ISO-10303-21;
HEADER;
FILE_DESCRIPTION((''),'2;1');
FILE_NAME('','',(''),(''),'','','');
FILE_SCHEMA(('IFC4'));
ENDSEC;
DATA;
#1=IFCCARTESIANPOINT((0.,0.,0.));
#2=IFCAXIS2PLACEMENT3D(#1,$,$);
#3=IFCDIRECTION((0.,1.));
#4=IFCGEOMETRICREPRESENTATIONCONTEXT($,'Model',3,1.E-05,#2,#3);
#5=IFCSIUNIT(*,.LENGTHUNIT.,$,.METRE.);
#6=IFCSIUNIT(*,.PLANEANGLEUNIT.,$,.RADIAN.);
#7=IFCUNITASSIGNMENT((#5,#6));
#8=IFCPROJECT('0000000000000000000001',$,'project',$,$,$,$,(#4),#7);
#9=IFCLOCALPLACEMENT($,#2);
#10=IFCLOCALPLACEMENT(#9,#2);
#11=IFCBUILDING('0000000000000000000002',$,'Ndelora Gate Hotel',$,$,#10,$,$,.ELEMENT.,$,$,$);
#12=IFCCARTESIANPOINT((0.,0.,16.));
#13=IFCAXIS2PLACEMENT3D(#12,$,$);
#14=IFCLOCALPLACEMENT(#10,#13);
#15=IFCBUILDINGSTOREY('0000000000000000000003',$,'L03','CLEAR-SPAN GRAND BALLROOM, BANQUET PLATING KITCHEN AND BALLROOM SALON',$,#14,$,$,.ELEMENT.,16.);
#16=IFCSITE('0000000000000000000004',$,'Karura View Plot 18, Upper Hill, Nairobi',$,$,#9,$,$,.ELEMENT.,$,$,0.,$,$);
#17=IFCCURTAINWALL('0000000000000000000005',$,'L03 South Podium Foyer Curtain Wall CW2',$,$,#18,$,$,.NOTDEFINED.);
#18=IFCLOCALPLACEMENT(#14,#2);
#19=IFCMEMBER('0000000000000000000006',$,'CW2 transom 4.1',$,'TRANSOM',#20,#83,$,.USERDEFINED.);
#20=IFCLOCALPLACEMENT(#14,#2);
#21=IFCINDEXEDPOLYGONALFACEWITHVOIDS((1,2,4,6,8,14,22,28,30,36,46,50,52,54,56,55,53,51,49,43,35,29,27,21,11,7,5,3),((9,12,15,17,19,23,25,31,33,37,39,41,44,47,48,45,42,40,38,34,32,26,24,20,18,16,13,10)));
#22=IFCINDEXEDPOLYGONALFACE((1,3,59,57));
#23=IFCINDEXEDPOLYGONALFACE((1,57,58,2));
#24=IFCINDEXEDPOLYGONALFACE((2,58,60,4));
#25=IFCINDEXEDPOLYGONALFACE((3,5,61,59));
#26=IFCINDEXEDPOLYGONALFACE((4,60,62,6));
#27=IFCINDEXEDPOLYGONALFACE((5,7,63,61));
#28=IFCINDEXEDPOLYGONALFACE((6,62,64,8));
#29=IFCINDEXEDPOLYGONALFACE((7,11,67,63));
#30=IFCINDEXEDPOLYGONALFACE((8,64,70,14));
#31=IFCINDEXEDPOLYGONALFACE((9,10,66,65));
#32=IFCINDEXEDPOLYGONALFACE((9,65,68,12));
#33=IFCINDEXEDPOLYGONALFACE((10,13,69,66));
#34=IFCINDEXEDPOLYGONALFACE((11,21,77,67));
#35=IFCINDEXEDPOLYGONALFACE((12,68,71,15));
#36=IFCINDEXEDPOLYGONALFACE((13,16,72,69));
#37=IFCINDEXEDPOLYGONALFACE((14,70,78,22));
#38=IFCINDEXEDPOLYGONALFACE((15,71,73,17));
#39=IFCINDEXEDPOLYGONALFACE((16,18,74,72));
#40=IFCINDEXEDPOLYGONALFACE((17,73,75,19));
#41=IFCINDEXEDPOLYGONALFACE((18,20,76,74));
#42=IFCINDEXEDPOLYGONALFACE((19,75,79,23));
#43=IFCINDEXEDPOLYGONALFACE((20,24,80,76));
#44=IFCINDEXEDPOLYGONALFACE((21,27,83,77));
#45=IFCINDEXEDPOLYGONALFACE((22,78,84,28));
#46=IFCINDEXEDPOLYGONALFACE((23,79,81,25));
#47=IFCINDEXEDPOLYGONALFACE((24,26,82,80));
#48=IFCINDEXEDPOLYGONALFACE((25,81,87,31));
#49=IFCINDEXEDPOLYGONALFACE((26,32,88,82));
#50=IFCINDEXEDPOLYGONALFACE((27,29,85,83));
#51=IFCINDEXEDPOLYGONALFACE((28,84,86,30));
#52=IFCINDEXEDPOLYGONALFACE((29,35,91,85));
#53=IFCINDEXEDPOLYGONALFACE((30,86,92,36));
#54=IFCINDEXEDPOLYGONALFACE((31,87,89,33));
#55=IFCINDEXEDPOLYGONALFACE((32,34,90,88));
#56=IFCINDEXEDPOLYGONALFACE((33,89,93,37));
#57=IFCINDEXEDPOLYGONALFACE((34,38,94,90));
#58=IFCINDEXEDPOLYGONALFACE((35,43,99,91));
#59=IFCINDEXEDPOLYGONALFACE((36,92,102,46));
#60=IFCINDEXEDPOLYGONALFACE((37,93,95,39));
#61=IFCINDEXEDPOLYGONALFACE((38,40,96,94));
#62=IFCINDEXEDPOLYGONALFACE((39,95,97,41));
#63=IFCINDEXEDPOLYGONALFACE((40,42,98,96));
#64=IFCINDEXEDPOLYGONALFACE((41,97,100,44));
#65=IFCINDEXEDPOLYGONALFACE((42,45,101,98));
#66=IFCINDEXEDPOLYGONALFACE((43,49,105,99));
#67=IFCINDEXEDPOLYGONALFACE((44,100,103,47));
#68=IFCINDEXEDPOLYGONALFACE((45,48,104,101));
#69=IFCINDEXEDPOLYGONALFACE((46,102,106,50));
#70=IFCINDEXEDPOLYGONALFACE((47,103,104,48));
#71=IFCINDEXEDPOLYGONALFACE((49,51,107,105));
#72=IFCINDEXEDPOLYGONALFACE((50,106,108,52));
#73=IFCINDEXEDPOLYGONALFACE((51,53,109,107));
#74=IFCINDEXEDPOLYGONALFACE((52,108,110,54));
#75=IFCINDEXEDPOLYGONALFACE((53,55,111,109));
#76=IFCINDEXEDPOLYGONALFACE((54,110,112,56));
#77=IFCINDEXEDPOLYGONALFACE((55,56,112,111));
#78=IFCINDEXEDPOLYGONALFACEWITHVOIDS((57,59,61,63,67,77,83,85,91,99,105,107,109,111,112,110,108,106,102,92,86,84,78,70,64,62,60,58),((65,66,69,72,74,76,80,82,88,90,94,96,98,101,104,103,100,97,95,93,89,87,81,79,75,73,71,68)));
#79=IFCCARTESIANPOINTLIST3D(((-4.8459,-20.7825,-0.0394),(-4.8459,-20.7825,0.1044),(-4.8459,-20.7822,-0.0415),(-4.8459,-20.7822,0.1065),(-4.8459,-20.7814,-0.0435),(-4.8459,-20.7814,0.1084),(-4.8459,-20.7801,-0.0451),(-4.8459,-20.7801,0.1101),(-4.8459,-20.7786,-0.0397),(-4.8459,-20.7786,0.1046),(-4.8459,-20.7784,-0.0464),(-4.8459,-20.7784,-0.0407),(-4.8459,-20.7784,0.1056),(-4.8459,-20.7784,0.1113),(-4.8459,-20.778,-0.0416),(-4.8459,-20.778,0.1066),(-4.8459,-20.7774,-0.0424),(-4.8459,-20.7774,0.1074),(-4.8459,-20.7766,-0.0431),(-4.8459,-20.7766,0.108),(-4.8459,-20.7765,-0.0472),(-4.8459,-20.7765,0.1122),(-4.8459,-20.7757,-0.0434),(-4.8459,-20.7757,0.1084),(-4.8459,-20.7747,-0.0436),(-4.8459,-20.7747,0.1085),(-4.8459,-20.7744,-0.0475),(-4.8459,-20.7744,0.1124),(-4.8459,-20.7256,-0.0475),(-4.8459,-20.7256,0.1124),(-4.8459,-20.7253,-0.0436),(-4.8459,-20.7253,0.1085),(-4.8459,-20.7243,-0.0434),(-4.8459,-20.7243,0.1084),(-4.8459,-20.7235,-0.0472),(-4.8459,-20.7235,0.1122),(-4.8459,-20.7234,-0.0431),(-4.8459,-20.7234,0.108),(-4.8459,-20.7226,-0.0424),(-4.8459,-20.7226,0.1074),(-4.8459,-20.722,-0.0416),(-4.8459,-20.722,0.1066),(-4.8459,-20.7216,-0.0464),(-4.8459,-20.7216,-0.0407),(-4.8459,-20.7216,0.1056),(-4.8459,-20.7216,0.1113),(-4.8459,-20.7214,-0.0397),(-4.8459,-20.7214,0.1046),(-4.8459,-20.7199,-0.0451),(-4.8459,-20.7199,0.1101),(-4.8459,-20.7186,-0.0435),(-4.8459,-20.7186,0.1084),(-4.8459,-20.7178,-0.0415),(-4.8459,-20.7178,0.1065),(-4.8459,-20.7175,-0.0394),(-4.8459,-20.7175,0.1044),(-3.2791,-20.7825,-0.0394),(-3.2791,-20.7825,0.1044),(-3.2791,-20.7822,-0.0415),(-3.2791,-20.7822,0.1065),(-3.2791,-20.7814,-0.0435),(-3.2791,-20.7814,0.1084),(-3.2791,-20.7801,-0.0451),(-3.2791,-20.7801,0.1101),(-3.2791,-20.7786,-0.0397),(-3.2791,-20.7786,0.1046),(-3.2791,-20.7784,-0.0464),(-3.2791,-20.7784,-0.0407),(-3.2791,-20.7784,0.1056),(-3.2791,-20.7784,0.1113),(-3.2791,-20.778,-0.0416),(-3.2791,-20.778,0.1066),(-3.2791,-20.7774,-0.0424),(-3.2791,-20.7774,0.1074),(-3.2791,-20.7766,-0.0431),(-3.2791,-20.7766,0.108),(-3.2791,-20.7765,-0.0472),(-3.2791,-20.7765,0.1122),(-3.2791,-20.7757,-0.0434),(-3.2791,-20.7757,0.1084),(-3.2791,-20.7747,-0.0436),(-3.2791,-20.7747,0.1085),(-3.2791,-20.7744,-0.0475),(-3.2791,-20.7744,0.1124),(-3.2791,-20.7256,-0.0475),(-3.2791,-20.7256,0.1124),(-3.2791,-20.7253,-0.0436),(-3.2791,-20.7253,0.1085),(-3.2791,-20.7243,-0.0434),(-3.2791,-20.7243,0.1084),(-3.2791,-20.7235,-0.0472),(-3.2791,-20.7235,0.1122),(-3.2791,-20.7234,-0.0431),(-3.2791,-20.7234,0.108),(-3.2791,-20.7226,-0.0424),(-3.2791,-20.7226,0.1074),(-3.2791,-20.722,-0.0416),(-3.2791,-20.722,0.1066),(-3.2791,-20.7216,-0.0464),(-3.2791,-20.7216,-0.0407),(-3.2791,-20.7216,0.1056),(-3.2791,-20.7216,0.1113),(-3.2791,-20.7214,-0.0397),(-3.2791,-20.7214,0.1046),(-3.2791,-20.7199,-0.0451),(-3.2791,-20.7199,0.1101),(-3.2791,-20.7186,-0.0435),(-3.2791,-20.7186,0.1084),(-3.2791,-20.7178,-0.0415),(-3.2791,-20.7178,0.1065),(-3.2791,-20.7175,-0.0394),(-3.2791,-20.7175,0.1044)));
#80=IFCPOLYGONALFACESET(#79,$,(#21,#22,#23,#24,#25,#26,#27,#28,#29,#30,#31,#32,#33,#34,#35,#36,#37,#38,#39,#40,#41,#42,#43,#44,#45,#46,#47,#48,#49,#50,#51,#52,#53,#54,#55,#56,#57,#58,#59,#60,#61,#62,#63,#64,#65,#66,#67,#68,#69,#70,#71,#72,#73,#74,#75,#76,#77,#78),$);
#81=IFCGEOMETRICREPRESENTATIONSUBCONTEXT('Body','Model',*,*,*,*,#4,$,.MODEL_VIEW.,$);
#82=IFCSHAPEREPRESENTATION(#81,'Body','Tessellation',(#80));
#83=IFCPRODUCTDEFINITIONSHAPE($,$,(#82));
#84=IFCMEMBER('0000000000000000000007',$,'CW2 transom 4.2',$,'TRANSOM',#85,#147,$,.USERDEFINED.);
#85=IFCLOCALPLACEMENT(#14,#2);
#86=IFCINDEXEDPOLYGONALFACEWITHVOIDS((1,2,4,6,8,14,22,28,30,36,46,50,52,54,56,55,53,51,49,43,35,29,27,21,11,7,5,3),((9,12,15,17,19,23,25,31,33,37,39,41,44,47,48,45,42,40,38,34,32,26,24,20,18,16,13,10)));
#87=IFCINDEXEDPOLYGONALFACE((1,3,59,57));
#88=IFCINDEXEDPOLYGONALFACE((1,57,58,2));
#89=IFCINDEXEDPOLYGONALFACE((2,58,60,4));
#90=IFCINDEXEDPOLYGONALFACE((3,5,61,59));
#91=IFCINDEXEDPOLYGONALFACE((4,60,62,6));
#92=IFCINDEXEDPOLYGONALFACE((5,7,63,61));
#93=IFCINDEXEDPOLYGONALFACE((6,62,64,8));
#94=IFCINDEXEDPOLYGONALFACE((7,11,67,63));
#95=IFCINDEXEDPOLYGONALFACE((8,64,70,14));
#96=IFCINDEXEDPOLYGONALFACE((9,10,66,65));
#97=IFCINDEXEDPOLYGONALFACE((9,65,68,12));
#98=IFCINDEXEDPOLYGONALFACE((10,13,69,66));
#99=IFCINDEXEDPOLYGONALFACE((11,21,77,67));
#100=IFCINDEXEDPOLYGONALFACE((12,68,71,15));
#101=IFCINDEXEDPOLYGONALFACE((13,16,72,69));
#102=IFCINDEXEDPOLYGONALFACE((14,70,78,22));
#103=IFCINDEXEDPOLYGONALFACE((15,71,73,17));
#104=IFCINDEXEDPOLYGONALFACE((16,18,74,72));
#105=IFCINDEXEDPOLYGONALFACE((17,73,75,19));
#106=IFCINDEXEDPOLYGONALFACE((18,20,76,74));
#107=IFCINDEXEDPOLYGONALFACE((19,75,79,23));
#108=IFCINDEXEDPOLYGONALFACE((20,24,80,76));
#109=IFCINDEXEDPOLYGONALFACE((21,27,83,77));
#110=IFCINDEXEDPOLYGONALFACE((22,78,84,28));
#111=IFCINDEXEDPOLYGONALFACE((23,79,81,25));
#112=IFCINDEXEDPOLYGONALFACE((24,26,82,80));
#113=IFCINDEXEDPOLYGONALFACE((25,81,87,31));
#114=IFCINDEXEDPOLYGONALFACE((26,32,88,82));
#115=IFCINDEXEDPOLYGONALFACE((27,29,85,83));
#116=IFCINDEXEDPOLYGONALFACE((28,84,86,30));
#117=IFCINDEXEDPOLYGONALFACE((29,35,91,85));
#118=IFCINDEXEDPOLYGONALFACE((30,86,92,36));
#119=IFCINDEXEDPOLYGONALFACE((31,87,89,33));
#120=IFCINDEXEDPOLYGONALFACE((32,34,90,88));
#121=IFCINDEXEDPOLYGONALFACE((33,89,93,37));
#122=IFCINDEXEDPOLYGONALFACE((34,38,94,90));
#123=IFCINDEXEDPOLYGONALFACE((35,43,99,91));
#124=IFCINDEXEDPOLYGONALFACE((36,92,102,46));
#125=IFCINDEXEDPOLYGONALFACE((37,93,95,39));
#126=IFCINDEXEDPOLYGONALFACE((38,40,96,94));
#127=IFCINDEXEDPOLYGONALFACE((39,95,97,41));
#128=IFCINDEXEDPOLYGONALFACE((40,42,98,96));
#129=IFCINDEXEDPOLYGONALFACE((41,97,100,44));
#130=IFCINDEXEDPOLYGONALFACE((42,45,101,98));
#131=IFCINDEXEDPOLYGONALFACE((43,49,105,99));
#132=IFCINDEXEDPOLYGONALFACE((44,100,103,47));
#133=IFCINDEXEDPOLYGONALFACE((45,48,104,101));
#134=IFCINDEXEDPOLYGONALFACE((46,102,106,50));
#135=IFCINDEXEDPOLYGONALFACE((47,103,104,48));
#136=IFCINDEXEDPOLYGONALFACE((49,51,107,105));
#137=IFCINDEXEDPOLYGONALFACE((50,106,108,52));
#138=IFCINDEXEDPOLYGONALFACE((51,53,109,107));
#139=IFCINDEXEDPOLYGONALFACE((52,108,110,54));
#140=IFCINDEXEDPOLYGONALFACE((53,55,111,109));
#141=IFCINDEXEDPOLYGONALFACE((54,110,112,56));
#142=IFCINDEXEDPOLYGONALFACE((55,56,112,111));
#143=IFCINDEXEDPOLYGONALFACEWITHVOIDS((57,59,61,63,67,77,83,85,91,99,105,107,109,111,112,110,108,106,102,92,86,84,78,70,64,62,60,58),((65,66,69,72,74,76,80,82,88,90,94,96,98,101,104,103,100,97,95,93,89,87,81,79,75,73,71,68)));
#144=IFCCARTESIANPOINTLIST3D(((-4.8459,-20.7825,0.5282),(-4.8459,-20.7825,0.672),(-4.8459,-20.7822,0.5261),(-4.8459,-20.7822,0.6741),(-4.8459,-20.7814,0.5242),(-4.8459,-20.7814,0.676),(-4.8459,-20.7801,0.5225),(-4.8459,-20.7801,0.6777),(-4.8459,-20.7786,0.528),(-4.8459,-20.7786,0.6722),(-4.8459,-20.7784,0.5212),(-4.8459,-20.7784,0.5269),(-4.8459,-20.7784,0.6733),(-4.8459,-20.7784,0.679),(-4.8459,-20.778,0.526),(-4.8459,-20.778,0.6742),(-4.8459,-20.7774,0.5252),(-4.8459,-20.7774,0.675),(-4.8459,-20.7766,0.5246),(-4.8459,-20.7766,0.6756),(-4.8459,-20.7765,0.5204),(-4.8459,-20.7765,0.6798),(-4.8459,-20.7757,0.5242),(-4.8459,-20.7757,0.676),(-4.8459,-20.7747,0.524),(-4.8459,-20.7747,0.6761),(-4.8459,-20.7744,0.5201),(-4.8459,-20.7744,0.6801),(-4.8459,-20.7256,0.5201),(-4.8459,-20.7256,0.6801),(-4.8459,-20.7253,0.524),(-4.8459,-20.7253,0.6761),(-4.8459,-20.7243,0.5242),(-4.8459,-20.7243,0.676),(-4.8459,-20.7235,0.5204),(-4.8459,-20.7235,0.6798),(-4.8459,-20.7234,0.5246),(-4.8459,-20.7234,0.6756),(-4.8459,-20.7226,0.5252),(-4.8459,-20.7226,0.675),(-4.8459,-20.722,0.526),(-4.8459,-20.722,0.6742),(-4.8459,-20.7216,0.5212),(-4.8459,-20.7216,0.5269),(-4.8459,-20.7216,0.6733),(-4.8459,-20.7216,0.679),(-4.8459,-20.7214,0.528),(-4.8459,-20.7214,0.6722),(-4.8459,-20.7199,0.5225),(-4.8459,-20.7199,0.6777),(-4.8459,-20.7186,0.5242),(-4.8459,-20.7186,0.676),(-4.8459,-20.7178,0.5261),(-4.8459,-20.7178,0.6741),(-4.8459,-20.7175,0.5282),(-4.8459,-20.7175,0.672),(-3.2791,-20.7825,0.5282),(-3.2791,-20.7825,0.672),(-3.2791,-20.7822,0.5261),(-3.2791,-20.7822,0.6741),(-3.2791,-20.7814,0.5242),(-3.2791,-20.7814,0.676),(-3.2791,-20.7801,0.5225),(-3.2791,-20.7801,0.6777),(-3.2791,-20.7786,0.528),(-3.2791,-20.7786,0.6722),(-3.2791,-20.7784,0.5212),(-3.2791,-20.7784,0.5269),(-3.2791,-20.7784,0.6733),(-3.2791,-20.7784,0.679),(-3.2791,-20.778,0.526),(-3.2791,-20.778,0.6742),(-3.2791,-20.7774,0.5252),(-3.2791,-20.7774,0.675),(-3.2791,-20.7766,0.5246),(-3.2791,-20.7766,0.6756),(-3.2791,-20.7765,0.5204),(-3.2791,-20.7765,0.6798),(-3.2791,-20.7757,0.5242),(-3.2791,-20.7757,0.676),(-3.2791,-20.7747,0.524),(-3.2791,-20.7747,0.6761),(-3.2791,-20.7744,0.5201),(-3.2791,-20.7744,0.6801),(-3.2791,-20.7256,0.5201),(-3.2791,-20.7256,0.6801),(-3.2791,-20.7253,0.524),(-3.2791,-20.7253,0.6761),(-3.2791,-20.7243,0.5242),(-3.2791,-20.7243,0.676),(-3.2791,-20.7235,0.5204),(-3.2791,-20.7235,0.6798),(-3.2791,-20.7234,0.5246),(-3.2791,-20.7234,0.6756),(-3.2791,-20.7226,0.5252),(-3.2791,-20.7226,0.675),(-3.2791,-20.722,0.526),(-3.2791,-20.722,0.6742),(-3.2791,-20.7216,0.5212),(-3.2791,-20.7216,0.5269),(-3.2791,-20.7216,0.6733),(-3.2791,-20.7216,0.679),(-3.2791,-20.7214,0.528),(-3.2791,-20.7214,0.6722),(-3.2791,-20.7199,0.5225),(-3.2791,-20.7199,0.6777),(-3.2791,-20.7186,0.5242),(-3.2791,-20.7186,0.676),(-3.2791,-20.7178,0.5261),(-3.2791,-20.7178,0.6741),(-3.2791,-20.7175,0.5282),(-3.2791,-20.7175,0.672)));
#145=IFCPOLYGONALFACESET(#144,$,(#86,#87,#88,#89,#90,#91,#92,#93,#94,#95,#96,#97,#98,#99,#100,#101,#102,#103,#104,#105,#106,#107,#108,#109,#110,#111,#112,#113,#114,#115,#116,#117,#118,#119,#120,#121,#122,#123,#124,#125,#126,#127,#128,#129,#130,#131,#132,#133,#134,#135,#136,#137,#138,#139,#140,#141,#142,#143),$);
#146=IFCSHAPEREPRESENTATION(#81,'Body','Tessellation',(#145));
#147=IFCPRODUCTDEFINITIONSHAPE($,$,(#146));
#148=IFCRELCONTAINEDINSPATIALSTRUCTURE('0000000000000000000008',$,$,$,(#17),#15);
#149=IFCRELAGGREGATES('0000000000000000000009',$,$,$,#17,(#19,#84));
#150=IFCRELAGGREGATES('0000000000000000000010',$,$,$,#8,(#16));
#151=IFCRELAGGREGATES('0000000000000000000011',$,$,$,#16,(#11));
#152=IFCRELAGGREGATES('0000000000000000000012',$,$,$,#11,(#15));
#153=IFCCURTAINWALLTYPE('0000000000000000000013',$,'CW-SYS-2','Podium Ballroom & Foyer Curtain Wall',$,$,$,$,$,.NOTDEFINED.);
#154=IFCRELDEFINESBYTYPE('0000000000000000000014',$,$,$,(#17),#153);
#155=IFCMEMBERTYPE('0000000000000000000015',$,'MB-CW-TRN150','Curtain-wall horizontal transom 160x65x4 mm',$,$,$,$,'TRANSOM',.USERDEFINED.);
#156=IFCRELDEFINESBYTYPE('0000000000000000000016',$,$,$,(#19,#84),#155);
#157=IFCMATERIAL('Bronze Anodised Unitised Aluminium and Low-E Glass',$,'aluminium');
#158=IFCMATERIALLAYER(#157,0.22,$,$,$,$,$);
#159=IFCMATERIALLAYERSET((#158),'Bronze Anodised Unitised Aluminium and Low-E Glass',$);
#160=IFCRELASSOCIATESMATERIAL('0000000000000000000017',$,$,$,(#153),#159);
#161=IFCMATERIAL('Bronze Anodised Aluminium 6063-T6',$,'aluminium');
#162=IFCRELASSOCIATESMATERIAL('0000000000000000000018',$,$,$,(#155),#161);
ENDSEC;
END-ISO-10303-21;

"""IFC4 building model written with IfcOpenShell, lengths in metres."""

from ifc_helpers import new_model, si_unit, direction, frame, origin, origin_2d, place, context, subcontext, project, spatial, hollow_rectangle, extrude, material, layer, layer_set, material_profile, profile_set, type_object, element, aggregate, save


model = new_model("IFC4")

# Units and contexts
model_context = context("Model", 3, precision=1e-05, world=origin(), true_north=direction((0.0, 1.0)))
body_context = subcontext(model_context, "Body", "Model", "MODEL_VIEW")
ifc_project = project(units=[si_unit("LENGTHUNIT", "METRE"), si_unit("PLANEANGLEUNIT", "RADIAN")], contexts=[model_context])

# Site, building, storey
site_placement = place(None, origin())
site = spatial("IfcSite", under=ifc_project, at=site_placement, Name="Karura View Plot 18, Upper Hill, Nairobi", CompositionType="ELEMENT", RefElevation=0.0)
building_placement = place(site_placement, origin())
building = spatial("IfcBuilding", under=site, at=building_placement, Name="Ndelora Gate Hotel", CompositionType="ELEMENT")
storey_placement = place(building_placement, frame((0.0, 0.0, 16.0)))
storey = spatial("IfcBuildingStorey", under=building, at=storey_placement, Name="L03", Description="CLEAR-SPAN GRAND BALLROOM, BANQUET PLATING KITCHEN AND BALLROOM SALON", CompositionType="ELEMENT", Elevation=16.0)

# Curtain wall, members
ifc_material_1 = material(Name="Bronze Anodised Unitised Aluminium and Low-E Glass", Category="aluminium")
ifc_layer_1 = layer(ifc_material_1, 0.22)
ifc_layer_set_1 = layer_set([ifc_layer_1], Name="Bronze Anodised Unitised Aluminium and Low-E Glass")
curtain_wall_type = type_object("IfcCurtainWallType", Name="CW-SYS-2", Description="Podium Ballroom & Foyer Curtain Wall", PredefinedType="NOTDEFINED", material=ifc_layer_set_1)
curtain_wall_placement = place(storey_placement, origin())
curtain_wall = element("IfcCurtainWall", 1, at=curtain_wall_placement, inside=storey, type_object=curtain_wall_type, Name="L03 South Podium Foyer Curtain Wall CW2", PredefinedType="NOTDEFINED")
ifc_material_2 = material(Name="Bronze Anodised Aluminium 6063-T6", Category="aluminium")
ifc_material_profile_1 = material_profile(ifc_material_2, hollow_rectangle(XDim=0.0649, YDim=0.1599, WallThickness=0.0039, InnerFilletRadius=0.0039, OuterFilletRadius=0.0081, at=origin_2d()), Name="ALU 160x65x4")
ifc_profile_set_1 = profile_set([ifc_material_profile_1], Name="Bronze Anodised Aluminium 6063-T6")
member_type_1 = type_object("IfcMemberType", Name="MB-CW-TRN150", Description="Curtain-wall horizontal transom 160x65x4 mm", ElementType="TRANSOM", PredefinedType="USERDEFINED", material=ifc_profile_set_1)
member_1_placement = place(storey_placement, frame((-4.8459, -20.75, 0.0325), z_axis=(1.0, 0.0, 0.0), x_axis=(0.0, 1.0, 0.0)))
member_1 = element("IfcMember", 2, at=member_1_placement, type_object=member_type_1, Name="CW2 transom 4.1", ObjectType="TRANSOM", PredefinedType="USERDEFINED", context=body_context, shape_type="SweptSolid", body=[
    extrude(hollow_rectangle(XDim=0.0649, YDim=0.1599, WallThickness=0.0039, InnerFilletRadius=0.0039, OuterFilletRadius=0.0081, at=origin_2d()), origin(), (0.0, 0.0, 1.0), 1.5669),
])
member_2_placement = place(storey_placement, frame((-4.8459, -20.75, 0.6001), z_axis=(1.0, 0.0, 0.0), x_axis=(0.0, 1.0, 0.0)))
member_2 = element("IfcMember", 3, at=member_2_placement, type_object=member_type_1, Name="CW2 transom 4.2", ObjectType="TRANSOM", PredefinedType="USERDEFINED", context=body_context, shape_type="SweptSolid", body=[
    extrude(hollow_rectangle(XDim=0.0649, YDim=0.1599, WallThickness=0.0039, InnerFilletRadius=0.0039, OuterFilletRadius=0.0081, at=origin_2d()), origin(), (0.0, 0.0, 1.0), 1.5669),
])
aggregate(curtain_wall, [member_1, member_2])

save(model, "model.ifc")
